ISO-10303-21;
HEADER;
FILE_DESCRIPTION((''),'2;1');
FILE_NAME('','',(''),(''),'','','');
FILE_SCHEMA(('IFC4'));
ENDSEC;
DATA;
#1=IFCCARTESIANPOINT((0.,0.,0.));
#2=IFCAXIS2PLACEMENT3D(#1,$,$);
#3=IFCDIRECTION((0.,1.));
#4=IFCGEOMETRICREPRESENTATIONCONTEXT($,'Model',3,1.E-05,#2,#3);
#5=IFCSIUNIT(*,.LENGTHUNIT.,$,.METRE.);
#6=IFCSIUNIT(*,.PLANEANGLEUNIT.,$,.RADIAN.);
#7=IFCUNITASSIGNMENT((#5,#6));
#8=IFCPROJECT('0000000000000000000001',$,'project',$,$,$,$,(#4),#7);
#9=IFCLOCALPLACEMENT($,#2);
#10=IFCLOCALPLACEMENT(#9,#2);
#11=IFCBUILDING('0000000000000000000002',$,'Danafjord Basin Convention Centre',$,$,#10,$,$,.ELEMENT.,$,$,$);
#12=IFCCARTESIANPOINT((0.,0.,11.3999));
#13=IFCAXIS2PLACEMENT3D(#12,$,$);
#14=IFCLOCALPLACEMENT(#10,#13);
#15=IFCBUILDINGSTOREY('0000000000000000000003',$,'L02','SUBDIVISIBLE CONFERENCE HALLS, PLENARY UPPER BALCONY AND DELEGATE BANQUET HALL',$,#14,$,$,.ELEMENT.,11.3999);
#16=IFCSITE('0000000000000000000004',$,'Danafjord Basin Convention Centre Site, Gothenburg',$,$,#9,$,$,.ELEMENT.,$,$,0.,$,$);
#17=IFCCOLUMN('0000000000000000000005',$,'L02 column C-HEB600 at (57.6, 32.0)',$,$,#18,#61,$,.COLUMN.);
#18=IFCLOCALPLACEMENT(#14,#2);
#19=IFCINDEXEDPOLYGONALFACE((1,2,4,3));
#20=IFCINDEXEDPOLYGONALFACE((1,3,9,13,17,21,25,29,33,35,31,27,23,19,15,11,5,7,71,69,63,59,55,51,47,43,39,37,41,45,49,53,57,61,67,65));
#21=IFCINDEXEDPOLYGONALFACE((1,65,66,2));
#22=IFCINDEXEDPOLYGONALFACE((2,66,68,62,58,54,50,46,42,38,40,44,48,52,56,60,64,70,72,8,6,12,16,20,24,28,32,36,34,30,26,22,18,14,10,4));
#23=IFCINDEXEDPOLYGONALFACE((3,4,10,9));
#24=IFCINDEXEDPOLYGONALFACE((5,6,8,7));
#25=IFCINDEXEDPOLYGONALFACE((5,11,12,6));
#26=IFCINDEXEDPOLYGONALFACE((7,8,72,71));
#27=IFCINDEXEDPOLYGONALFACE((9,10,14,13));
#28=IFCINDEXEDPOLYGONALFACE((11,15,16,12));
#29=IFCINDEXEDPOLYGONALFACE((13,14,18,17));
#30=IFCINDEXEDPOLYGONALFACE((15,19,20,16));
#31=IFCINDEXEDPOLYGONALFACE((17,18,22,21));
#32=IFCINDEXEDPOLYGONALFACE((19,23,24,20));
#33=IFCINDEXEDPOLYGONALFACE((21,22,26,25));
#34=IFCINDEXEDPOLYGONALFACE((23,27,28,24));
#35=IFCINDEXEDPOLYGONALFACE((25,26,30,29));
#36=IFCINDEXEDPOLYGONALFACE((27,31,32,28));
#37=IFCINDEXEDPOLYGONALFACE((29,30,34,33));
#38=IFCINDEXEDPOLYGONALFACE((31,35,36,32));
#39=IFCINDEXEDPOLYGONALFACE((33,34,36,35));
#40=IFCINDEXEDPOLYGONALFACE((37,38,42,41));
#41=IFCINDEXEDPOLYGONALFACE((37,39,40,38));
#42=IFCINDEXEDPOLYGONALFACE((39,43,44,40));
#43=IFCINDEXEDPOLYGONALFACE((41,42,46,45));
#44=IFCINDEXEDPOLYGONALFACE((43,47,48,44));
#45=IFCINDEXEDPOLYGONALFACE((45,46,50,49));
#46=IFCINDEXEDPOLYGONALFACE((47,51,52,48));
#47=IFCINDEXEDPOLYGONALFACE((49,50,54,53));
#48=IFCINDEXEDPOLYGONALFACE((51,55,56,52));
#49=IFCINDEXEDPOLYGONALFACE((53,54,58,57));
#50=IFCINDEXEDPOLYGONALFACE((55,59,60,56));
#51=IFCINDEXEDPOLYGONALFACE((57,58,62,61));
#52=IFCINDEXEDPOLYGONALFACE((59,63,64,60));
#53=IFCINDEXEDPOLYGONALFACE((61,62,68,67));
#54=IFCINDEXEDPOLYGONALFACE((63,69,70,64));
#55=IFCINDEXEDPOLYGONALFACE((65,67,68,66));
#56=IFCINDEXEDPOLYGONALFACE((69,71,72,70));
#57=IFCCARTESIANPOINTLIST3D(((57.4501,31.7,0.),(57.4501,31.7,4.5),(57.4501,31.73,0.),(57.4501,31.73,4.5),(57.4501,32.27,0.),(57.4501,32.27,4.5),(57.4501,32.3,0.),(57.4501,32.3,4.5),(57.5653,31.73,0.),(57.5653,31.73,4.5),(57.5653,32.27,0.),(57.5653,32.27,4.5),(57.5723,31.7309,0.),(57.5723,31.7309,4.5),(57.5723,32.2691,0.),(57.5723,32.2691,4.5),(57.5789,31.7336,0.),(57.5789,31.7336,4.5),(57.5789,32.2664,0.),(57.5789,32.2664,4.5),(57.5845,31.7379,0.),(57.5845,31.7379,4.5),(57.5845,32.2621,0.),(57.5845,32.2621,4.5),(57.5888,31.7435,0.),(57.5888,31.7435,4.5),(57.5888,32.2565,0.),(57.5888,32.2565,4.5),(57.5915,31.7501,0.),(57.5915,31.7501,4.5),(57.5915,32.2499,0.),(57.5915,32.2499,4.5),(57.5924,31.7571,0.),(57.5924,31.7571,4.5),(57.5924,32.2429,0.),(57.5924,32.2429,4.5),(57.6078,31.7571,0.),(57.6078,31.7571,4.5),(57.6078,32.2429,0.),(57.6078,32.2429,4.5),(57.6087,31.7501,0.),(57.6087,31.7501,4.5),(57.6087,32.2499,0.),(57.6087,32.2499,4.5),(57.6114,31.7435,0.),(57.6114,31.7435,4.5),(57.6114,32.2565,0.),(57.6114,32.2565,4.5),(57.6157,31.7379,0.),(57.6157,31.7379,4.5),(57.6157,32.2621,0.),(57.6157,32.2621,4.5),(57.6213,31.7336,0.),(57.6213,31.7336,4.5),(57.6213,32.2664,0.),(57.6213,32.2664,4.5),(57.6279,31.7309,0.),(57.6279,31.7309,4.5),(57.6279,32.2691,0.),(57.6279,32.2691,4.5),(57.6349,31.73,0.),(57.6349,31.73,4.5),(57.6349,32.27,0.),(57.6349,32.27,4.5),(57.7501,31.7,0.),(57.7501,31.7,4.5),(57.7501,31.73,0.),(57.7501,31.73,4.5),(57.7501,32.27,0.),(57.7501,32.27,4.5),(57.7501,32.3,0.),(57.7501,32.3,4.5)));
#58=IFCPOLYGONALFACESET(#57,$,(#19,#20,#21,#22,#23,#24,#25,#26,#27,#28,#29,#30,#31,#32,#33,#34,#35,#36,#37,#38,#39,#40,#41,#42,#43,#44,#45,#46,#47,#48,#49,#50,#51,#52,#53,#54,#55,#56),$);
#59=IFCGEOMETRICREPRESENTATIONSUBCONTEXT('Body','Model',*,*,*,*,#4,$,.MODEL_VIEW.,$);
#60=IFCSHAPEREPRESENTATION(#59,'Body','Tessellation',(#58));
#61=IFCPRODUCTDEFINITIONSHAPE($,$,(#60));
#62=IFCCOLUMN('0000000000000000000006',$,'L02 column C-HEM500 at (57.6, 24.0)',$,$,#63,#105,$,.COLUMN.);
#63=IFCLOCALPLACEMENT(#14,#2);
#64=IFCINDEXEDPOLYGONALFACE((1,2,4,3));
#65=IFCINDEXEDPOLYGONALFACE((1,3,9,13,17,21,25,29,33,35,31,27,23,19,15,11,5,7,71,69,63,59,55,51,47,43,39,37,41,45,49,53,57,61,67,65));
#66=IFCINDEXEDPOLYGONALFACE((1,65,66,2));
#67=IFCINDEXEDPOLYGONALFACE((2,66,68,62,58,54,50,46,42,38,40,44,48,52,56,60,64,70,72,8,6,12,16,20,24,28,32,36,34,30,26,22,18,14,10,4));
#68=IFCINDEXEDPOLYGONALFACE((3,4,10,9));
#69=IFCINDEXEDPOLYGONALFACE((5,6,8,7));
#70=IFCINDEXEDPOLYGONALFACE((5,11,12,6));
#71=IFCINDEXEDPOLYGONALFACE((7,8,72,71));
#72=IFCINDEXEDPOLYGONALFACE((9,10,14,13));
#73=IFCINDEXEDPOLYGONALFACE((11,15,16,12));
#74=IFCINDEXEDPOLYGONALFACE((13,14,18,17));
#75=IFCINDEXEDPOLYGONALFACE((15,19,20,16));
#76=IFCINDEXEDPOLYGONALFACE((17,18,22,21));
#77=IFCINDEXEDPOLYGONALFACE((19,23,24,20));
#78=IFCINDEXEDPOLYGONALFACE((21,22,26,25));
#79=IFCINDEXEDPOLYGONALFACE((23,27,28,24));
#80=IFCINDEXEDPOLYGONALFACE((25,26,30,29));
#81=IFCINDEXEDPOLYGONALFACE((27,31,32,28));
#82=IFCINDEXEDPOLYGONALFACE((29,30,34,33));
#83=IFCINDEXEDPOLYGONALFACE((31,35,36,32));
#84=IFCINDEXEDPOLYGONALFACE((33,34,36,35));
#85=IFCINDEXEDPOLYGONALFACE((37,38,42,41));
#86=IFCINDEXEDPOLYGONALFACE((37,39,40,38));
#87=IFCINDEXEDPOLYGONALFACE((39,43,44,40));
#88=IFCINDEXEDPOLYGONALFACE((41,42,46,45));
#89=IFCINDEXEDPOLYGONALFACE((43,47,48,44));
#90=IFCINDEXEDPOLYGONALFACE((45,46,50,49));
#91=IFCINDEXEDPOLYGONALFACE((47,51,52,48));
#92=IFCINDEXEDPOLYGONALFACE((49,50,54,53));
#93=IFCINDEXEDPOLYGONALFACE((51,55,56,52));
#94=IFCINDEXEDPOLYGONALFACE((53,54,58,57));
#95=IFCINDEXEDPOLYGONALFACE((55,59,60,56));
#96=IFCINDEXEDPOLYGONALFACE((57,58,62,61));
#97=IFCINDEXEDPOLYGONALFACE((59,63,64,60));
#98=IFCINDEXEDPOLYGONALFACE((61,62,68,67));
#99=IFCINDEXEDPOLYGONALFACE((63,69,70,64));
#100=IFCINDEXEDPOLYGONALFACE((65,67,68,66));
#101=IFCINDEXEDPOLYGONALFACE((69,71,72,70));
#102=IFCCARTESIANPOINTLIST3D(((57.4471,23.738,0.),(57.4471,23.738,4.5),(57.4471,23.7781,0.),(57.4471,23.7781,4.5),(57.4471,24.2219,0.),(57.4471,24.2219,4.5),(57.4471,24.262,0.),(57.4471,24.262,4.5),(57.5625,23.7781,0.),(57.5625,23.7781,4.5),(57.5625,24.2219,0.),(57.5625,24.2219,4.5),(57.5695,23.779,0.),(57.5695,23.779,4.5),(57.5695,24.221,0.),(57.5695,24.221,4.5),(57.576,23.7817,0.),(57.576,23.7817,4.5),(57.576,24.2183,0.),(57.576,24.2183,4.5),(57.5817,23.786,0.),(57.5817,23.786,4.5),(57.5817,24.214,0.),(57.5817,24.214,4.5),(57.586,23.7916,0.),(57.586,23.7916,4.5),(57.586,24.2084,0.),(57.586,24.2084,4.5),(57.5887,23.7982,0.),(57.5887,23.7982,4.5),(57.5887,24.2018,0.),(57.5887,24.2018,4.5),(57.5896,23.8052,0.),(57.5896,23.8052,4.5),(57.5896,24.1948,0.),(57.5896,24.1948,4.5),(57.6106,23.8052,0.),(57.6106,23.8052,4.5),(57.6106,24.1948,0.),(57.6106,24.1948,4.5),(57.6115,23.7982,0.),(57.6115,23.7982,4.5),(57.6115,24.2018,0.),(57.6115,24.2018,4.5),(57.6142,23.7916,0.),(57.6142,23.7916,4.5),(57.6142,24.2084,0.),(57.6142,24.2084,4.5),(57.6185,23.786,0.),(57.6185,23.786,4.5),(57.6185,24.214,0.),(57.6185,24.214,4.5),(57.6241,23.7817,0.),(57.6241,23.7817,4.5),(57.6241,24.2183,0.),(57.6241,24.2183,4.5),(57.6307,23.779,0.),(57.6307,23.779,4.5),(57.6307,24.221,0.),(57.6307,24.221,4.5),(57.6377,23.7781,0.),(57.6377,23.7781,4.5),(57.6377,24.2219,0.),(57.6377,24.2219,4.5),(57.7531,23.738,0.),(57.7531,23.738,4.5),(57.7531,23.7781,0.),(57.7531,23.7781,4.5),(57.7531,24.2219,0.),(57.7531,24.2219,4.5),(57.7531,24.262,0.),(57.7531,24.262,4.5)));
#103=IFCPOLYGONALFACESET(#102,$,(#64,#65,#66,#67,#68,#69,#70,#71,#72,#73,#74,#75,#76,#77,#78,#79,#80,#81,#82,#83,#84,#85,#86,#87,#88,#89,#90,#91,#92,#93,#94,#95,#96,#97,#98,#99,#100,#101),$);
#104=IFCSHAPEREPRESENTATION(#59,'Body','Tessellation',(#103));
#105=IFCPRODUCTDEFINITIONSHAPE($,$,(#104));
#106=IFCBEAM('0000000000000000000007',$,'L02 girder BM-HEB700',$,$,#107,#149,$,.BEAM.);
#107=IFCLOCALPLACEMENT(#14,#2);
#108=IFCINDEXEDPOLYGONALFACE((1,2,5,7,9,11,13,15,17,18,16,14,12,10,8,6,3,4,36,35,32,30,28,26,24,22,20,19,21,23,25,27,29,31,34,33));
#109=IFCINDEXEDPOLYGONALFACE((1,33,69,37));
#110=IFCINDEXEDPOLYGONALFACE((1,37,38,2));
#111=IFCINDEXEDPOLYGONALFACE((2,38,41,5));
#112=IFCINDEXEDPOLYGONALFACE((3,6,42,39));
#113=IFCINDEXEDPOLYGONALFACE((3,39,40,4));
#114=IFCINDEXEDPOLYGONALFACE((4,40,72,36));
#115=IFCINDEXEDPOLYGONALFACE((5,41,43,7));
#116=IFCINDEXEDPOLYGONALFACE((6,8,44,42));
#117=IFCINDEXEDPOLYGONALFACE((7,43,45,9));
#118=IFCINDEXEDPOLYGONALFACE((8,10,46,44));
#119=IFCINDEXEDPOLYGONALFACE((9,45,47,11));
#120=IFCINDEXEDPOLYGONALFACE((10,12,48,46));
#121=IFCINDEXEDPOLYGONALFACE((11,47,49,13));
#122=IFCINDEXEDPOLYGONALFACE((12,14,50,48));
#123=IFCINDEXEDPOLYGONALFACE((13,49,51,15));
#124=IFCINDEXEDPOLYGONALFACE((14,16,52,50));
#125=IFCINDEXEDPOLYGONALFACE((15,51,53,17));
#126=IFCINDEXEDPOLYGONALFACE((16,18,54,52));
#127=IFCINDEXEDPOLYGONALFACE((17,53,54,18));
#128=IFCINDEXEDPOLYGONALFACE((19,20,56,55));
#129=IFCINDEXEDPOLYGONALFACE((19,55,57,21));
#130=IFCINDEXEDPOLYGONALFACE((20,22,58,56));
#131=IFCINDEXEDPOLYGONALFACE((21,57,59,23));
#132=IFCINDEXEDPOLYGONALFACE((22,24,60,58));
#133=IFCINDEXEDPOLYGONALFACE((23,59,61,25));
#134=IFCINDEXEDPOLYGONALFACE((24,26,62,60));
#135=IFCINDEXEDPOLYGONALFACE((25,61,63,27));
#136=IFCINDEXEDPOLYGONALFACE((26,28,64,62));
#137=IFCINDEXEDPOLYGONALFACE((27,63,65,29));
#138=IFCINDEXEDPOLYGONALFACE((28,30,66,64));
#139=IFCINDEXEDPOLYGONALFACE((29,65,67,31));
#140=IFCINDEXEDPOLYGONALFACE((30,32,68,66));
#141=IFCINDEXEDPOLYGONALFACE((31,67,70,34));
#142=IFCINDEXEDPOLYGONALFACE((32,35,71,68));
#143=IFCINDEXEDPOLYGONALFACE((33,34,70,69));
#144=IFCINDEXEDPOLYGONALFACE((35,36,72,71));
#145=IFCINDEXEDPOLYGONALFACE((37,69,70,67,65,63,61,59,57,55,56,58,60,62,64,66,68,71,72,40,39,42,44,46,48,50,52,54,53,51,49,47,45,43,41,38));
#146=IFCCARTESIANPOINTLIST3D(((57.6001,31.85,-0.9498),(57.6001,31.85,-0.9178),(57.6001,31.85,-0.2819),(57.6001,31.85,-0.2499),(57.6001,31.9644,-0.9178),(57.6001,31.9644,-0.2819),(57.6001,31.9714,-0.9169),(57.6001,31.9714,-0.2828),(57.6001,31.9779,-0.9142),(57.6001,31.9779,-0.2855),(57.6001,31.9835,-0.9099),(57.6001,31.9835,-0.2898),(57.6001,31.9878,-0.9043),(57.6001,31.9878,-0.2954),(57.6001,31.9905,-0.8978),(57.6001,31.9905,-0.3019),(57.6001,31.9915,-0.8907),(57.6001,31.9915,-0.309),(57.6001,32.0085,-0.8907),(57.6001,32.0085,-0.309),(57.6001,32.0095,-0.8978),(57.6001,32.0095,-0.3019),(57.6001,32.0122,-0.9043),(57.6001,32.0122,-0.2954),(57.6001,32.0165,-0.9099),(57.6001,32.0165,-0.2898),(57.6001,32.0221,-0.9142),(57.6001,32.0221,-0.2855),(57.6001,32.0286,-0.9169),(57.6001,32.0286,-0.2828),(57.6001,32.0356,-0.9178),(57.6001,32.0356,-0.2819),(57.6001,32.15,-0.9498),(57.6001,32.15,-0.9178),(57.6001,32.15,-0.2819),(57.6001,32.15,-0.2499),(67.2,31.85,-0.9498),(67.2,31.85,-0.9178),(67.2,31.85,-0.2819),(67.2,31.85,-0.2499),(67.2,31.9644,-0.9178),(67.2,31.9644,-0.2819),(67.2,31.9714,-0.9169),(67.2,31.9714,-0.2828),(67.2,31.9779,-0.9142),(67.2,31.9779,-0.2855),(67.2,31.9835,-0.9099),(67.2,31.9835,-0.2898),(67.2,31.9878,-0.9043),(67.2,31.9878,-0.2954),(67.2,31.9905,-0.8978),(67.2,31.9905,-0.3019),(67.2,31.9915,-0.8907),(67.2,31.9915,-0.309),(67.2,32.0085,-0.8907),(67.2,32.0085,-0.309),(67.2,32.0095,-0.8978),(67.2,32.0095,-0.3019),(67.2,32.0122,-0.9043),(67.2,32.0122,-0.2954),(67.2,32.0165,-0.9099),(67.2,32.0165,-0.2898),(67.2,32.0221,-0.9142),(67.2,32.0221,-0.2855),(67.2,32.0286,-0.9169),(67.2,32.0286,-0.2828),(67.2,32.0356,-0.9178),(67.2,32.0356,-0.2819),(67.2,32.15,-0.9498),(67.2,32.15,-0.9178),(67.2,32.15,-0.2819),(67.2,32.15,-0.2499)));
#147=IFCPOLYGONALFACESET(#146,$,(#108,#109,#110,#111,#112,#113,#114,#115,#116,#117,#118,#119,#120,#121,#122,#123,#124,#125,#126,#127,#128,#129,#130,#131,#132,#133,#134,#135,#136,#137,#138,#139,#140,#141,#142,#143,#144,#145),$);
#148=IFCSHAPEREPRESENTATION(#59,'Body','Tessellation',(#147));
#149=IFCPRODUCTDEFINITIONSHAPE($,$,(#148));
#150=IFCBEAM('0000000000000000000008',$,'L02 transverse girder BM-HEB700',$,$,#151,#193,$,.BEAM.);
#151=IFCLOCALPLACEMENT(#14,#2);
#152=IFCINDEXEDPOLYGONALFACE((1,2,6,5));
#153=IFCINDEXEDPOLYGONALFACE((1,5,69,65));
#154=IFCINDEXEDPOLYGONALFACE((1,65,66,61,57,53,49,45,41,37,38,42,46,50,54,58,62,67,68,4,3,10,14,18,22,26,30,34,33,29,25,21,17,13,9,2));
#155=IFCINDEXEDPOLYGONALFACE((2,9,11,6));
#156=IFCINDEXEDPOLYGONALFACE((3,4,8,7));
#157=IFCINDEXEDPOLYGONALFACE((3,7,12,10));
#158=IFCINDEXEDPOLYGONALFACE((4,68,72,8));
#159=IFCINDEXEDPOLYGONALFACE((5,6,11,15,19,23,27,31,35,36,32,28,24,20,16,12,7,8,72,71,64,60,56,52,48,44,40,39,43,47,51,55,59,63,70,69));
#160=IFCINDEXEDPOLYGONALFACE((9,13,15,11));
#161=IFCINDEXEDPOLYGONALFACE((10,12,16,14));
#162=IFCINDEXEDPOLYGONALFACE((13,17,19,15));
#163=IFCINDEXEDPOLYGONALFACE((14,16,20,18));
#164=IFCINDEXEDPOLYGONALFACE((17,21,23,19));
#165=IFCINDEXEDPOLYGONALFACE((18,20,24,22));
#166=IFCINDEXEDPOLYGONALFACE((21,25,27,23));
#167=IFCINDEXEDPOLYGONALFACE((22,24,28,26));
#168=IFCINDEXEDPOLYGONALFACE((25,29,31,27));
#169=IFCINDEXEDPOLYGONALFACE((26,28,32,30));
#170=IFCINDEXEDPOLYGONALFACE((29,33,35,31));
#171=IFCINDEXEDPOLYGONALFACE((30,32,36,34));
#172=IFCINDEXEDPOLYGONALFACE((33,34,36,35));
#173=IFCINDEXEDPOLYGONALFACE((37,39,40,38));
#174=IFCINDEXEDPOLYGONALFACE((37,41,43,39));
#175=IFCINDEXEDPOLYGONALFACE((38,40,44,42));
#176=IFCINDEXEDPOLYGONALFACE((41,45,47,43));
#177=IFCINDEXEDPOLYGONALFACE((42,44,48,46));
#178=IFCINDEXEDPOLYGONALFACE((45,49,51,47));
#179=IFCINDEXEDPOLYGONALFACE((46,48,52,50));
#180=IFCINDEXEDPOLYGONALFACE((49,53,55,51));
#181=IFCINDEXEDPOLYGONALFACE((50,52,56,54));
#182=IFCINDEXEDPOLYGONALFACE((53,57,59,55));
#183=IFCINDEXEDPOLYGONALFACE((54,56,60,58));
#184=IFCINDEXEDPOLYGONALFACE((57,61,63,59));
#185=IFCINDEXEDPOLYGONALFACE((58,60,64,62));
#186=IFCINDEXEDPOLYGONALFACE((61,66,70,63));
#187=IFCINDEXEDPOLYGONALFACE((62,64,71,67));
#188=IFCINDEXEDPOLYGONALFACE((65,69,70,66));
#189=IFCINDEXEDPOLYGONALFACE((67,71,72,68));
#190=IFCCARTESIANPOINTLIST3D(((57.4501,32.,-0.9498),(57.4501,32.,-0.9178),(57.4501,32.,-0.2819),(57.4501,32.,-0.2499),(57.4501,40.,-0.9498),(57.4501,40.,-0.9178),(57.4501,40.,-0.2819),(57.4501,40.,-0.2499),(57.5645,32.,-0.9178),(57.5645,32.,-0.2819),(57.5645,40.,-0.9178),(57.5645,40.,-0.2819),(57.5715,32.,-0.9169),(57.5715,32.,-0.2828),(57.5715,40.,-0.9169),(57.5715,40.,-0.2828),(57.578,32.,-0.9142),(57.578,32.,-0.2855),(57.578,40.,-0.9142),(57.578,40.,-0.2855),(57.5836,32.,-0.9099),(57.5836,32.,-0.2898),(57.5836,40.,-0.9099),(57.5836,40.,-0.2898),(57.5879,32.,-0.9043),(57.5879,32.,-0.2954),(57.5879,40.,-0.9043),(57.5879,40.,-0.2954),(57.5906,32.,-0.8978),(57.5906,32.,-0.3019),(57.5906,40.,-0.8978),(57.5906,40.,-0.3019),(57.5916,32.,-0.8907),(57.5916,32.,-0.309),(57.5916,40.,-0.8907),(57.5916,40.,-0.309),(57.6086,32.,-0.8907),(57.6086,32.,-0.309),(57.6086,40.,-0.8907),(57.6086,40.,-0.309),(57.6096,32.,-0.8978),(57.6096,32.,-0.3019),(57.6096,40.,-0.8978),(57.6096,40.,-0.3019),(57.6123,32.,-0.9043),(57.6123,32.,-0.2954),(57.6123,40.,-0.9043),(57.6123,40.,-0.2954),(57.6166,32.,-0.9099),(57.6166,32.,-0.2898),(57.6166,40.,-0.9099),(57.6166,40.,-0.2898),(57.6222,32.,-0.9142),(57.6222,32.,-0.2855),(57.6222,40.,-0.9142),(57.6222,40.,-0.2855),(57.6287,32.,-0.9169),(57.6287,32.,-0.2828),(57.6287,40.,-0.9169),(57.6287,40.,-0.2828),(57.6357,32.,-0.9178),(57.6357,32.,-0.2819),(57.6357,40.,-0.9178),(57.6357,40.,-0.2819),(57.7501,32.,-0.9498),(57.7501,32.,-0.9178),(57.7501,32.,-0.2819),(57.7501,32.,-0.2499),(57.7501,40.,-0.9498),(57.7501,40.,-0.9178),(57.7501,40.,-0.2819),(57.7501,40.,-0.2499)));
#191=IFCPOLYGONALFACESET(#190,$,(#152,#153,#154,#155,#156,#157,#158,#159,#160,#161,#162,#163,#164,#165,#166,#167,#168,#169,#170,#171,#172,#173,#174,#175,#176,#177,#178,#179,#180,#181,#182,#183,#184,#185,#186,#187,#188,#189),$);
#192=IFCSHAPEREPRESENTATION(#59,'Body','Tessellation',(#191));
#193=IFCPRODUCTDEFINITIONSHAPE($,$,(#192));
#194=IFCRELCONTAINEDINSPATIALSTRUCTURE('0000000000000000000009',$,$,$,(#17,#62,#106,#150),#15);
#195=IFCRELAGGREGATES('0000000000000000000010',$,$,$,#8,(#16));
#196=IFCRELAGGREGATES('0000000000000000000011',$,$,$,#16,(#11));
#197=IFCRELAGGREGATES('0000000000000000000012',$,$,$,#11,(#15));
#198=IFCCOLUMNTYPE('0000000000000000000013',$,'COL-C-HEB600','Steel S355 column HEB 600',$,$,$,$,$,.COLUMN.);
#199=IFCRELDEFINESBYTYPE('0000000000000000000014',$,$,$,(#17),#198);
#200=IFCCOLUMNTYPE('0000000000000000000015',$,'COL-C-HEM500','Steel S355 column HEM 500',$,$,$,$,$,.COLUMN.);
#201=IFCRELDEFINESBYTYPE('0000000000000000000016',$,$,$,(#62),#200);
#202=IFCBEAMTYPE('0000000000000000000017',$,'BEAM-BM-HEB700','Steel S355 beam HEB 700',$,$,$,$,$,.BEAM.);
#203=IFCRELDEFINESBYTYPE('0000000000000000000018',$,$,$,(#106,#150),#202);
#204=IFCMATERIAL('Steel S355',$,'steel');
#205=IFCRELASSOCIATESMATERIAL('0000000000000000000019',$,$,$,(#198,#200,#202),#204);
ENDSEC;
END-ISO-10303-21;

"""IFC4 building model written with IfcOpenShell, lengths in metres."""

from ifc_helpers import new_model, si_unit, direction, frame, origin, origin_2d, place, context, subcontext, project, spatial, i_section, extrude, material, material_profile, profile_set, type_object, element, save


model = new_model("IFC4")

# Units and contexts
model_context = context("Model", 3, precision=1e-05, world=origin(), true_north=direction((0.0, 1.0)))
body_context = subcontext(model_context, "Body", "Model", "MODEL_VIEW")
ifc_project = project(units=[si_unit("LENGTHUNIT", "METRE"), si_unit("PLANEANGLEUNIT", "RADIAN")], contexts=[model_context])

# Site, building, storey
site_placement = place(None, origin())
site = spatial("IfcSite", under=ifc_project, at=site_placement, Name="Danafjord Basin Convention Centre Site, Gothenburg", CompositionType="ELEMENT", RefElevation=0.0)
building_placement = place(site_placement, origin())
building = spatial("IfcBuilding", under=site, at=building_placement, Name="Danafjord Basin Convention Centre", CompositionType="ELEMENT")
storey_placement = place(building_placement, frame((0.0, 0.0, 11.3999)))
storey = spatial("IfcBuildingStorey", under=building, at=storey_placement, Name="L02", Description="SUBDIVISIBLE CONFERENCE HALLS, PLENARY UPPER BALCONY AND DELEGATE BANQUET HALL", CompositionType="ELEMENT", Elevation=11.3999)

# Columns
ifc_material_1 = material(Name="Steel S355", Category="steel")
ifc_material_profile_1 = material_profile(ifc_material_1, i_section(OverallWidth=0.3, OverallDepth=0.6001, WebThickness=0.0154, FlangeThickness=0.03, FilletRadius=0.0271, at=origin_2d()), Name="HEB 600")
ifc_profile_set_1 = profile_set([ifc_material_profile_1], Name="Steel S355")
column_type_1 = type_object("IfcColumnType", Name="COL-C-HEB600", Description="Steel S355 column HEB 600", PredefinedType="COLUMN", material=ifc_profile_set_1)
column_1_placement = place(storey_placement, frame((57.6001, 32.0, 0.0), z_axis=(0.0, 0.0, 1.0), x_axis=(1.0, 0.0, 0.0)))
element("IfcColumn", 1, at=column_1_placement, inside=storey, type_object=column_type_1, Name="L02 column C-HEB600 at (57.6, 32.0)", PredefinedType="COLUMN", context=body_context, shape_type="SweptSolid", body=[
    extrude(i_section(OverallWidth=0.3, OverallDepth=0.6001, WebThickness=0.0154, FlangeThickness=0.03, FilletRadius=0.0271, at=origin_2d()), origin(), (0.0, 0.0, 1.0), 4.5),
])
ifc_material_profile_2 = material_profile(ifc_material_1, i_section(OverallWidth=0.3059, OverallDepth=0.5239, WebThickness=0.021, FlangeThickness=0.04, FilletRadius=0.0271, at=origin_2d()), Name="HEM 500")
ifc_profile_set_2 = profile_set([ifc_material_profile_2], Name="Steel S355")
column_type_2 = type_object("IfcColumnType", Name="COL-C-HEM500", Description="Steel S355 column HEM 500", PredefinedType="COLUMN", material=ifc_profile_set_2)
column_2_placement = place(storey_placement, frame((57.6001, 24.0, 0.0), z_axis=(0.0, 0.0, 1.0), x_axis=(1.0, 0.0, 0.0)))
element("IfcColumn", 2, at=column_2_placement, inside=storey, type_object=column_type_2, Name="L02 column C-HEM500 at (57.6, 24.0)", PredefinedType="COLUMN", context=body_context, shape_type="SweptSolid", body=[
    extrude(i_section(OverallWidth=0.3059, OverallDepth=0.5239, WebThickness=0.021, FlangeThickness=0.04, FilletRadius=0.0271, at=origin_2d()), origin(), (0.0, 0.0, 1.0), 4.5),
])

# Beams
ifc_material_profile_3 = material_profile(ifc_material_1, i_section(OverallWidth=0.3, OverallDepth=0.7, WebThickness=0.0171, FlangeThickness=0.032, FilletRadius=0.0271, at=origin_2d()), Name="HEB 700")
ifc_profile_set_3 = profile_set([ifc_material_profile_3], Name="Steel S355")
beam_type_1 = type_object("IfcBeamType", Name="BEAM-BM-HEB700", Description="Steel S355 beam HEB 700", PredefinedType="BEAM", material=ifc_profile_set_3)
beam_1_placement = place(storey_placement, frame((57.6001, 32.0, -0.5999), z_axis=(1.0, 0.0, 0.0), x_axis=(0.0, 1.0, 0.0)))
element("IfcBeam", 3, at=beam_1_placement, inside=storey, type_object=beam_type_1, Name="L02 girder BM-HEB700", PredefinedType="BEAM", context=body_context, shape_type="SweptSolid", body=[
    extrude(i_section(OverallWidth=0.3, OverallDepth=0.7, WebThickness=0.0171, FlangeThickness=0.032, FilletRadius=0.0271, at=origin_2d()), origin(), (0.0, 0.0, 1.0), 9.5999),
])
beam_2_placement = place(storey_placement, frame((57.6001, 32.0, -0.5999), z_axis=(0.0, 1.0, 0.0), x_axis=(-1.0, 0.0, 0.0)))
element("IfcBeam", 4, at=beam_2_placement, inside=storey, type_object=beam_type_1, Name="L02 transverse girder BM-HEB700", PredefinedType="BEAM", context=body_context, shape_type="SweptSolid", body=[
    extrude(i_section(OverallWidth=0.3, OverallDepth=0.7, WebThickness=0.0171, FlangeThickness=0.032, FilletRadius=0.0271, at=origin_2d()), origin(), (0.0, 0.0, 1.0), 8.0),
])

save(model, "model.ifc")
